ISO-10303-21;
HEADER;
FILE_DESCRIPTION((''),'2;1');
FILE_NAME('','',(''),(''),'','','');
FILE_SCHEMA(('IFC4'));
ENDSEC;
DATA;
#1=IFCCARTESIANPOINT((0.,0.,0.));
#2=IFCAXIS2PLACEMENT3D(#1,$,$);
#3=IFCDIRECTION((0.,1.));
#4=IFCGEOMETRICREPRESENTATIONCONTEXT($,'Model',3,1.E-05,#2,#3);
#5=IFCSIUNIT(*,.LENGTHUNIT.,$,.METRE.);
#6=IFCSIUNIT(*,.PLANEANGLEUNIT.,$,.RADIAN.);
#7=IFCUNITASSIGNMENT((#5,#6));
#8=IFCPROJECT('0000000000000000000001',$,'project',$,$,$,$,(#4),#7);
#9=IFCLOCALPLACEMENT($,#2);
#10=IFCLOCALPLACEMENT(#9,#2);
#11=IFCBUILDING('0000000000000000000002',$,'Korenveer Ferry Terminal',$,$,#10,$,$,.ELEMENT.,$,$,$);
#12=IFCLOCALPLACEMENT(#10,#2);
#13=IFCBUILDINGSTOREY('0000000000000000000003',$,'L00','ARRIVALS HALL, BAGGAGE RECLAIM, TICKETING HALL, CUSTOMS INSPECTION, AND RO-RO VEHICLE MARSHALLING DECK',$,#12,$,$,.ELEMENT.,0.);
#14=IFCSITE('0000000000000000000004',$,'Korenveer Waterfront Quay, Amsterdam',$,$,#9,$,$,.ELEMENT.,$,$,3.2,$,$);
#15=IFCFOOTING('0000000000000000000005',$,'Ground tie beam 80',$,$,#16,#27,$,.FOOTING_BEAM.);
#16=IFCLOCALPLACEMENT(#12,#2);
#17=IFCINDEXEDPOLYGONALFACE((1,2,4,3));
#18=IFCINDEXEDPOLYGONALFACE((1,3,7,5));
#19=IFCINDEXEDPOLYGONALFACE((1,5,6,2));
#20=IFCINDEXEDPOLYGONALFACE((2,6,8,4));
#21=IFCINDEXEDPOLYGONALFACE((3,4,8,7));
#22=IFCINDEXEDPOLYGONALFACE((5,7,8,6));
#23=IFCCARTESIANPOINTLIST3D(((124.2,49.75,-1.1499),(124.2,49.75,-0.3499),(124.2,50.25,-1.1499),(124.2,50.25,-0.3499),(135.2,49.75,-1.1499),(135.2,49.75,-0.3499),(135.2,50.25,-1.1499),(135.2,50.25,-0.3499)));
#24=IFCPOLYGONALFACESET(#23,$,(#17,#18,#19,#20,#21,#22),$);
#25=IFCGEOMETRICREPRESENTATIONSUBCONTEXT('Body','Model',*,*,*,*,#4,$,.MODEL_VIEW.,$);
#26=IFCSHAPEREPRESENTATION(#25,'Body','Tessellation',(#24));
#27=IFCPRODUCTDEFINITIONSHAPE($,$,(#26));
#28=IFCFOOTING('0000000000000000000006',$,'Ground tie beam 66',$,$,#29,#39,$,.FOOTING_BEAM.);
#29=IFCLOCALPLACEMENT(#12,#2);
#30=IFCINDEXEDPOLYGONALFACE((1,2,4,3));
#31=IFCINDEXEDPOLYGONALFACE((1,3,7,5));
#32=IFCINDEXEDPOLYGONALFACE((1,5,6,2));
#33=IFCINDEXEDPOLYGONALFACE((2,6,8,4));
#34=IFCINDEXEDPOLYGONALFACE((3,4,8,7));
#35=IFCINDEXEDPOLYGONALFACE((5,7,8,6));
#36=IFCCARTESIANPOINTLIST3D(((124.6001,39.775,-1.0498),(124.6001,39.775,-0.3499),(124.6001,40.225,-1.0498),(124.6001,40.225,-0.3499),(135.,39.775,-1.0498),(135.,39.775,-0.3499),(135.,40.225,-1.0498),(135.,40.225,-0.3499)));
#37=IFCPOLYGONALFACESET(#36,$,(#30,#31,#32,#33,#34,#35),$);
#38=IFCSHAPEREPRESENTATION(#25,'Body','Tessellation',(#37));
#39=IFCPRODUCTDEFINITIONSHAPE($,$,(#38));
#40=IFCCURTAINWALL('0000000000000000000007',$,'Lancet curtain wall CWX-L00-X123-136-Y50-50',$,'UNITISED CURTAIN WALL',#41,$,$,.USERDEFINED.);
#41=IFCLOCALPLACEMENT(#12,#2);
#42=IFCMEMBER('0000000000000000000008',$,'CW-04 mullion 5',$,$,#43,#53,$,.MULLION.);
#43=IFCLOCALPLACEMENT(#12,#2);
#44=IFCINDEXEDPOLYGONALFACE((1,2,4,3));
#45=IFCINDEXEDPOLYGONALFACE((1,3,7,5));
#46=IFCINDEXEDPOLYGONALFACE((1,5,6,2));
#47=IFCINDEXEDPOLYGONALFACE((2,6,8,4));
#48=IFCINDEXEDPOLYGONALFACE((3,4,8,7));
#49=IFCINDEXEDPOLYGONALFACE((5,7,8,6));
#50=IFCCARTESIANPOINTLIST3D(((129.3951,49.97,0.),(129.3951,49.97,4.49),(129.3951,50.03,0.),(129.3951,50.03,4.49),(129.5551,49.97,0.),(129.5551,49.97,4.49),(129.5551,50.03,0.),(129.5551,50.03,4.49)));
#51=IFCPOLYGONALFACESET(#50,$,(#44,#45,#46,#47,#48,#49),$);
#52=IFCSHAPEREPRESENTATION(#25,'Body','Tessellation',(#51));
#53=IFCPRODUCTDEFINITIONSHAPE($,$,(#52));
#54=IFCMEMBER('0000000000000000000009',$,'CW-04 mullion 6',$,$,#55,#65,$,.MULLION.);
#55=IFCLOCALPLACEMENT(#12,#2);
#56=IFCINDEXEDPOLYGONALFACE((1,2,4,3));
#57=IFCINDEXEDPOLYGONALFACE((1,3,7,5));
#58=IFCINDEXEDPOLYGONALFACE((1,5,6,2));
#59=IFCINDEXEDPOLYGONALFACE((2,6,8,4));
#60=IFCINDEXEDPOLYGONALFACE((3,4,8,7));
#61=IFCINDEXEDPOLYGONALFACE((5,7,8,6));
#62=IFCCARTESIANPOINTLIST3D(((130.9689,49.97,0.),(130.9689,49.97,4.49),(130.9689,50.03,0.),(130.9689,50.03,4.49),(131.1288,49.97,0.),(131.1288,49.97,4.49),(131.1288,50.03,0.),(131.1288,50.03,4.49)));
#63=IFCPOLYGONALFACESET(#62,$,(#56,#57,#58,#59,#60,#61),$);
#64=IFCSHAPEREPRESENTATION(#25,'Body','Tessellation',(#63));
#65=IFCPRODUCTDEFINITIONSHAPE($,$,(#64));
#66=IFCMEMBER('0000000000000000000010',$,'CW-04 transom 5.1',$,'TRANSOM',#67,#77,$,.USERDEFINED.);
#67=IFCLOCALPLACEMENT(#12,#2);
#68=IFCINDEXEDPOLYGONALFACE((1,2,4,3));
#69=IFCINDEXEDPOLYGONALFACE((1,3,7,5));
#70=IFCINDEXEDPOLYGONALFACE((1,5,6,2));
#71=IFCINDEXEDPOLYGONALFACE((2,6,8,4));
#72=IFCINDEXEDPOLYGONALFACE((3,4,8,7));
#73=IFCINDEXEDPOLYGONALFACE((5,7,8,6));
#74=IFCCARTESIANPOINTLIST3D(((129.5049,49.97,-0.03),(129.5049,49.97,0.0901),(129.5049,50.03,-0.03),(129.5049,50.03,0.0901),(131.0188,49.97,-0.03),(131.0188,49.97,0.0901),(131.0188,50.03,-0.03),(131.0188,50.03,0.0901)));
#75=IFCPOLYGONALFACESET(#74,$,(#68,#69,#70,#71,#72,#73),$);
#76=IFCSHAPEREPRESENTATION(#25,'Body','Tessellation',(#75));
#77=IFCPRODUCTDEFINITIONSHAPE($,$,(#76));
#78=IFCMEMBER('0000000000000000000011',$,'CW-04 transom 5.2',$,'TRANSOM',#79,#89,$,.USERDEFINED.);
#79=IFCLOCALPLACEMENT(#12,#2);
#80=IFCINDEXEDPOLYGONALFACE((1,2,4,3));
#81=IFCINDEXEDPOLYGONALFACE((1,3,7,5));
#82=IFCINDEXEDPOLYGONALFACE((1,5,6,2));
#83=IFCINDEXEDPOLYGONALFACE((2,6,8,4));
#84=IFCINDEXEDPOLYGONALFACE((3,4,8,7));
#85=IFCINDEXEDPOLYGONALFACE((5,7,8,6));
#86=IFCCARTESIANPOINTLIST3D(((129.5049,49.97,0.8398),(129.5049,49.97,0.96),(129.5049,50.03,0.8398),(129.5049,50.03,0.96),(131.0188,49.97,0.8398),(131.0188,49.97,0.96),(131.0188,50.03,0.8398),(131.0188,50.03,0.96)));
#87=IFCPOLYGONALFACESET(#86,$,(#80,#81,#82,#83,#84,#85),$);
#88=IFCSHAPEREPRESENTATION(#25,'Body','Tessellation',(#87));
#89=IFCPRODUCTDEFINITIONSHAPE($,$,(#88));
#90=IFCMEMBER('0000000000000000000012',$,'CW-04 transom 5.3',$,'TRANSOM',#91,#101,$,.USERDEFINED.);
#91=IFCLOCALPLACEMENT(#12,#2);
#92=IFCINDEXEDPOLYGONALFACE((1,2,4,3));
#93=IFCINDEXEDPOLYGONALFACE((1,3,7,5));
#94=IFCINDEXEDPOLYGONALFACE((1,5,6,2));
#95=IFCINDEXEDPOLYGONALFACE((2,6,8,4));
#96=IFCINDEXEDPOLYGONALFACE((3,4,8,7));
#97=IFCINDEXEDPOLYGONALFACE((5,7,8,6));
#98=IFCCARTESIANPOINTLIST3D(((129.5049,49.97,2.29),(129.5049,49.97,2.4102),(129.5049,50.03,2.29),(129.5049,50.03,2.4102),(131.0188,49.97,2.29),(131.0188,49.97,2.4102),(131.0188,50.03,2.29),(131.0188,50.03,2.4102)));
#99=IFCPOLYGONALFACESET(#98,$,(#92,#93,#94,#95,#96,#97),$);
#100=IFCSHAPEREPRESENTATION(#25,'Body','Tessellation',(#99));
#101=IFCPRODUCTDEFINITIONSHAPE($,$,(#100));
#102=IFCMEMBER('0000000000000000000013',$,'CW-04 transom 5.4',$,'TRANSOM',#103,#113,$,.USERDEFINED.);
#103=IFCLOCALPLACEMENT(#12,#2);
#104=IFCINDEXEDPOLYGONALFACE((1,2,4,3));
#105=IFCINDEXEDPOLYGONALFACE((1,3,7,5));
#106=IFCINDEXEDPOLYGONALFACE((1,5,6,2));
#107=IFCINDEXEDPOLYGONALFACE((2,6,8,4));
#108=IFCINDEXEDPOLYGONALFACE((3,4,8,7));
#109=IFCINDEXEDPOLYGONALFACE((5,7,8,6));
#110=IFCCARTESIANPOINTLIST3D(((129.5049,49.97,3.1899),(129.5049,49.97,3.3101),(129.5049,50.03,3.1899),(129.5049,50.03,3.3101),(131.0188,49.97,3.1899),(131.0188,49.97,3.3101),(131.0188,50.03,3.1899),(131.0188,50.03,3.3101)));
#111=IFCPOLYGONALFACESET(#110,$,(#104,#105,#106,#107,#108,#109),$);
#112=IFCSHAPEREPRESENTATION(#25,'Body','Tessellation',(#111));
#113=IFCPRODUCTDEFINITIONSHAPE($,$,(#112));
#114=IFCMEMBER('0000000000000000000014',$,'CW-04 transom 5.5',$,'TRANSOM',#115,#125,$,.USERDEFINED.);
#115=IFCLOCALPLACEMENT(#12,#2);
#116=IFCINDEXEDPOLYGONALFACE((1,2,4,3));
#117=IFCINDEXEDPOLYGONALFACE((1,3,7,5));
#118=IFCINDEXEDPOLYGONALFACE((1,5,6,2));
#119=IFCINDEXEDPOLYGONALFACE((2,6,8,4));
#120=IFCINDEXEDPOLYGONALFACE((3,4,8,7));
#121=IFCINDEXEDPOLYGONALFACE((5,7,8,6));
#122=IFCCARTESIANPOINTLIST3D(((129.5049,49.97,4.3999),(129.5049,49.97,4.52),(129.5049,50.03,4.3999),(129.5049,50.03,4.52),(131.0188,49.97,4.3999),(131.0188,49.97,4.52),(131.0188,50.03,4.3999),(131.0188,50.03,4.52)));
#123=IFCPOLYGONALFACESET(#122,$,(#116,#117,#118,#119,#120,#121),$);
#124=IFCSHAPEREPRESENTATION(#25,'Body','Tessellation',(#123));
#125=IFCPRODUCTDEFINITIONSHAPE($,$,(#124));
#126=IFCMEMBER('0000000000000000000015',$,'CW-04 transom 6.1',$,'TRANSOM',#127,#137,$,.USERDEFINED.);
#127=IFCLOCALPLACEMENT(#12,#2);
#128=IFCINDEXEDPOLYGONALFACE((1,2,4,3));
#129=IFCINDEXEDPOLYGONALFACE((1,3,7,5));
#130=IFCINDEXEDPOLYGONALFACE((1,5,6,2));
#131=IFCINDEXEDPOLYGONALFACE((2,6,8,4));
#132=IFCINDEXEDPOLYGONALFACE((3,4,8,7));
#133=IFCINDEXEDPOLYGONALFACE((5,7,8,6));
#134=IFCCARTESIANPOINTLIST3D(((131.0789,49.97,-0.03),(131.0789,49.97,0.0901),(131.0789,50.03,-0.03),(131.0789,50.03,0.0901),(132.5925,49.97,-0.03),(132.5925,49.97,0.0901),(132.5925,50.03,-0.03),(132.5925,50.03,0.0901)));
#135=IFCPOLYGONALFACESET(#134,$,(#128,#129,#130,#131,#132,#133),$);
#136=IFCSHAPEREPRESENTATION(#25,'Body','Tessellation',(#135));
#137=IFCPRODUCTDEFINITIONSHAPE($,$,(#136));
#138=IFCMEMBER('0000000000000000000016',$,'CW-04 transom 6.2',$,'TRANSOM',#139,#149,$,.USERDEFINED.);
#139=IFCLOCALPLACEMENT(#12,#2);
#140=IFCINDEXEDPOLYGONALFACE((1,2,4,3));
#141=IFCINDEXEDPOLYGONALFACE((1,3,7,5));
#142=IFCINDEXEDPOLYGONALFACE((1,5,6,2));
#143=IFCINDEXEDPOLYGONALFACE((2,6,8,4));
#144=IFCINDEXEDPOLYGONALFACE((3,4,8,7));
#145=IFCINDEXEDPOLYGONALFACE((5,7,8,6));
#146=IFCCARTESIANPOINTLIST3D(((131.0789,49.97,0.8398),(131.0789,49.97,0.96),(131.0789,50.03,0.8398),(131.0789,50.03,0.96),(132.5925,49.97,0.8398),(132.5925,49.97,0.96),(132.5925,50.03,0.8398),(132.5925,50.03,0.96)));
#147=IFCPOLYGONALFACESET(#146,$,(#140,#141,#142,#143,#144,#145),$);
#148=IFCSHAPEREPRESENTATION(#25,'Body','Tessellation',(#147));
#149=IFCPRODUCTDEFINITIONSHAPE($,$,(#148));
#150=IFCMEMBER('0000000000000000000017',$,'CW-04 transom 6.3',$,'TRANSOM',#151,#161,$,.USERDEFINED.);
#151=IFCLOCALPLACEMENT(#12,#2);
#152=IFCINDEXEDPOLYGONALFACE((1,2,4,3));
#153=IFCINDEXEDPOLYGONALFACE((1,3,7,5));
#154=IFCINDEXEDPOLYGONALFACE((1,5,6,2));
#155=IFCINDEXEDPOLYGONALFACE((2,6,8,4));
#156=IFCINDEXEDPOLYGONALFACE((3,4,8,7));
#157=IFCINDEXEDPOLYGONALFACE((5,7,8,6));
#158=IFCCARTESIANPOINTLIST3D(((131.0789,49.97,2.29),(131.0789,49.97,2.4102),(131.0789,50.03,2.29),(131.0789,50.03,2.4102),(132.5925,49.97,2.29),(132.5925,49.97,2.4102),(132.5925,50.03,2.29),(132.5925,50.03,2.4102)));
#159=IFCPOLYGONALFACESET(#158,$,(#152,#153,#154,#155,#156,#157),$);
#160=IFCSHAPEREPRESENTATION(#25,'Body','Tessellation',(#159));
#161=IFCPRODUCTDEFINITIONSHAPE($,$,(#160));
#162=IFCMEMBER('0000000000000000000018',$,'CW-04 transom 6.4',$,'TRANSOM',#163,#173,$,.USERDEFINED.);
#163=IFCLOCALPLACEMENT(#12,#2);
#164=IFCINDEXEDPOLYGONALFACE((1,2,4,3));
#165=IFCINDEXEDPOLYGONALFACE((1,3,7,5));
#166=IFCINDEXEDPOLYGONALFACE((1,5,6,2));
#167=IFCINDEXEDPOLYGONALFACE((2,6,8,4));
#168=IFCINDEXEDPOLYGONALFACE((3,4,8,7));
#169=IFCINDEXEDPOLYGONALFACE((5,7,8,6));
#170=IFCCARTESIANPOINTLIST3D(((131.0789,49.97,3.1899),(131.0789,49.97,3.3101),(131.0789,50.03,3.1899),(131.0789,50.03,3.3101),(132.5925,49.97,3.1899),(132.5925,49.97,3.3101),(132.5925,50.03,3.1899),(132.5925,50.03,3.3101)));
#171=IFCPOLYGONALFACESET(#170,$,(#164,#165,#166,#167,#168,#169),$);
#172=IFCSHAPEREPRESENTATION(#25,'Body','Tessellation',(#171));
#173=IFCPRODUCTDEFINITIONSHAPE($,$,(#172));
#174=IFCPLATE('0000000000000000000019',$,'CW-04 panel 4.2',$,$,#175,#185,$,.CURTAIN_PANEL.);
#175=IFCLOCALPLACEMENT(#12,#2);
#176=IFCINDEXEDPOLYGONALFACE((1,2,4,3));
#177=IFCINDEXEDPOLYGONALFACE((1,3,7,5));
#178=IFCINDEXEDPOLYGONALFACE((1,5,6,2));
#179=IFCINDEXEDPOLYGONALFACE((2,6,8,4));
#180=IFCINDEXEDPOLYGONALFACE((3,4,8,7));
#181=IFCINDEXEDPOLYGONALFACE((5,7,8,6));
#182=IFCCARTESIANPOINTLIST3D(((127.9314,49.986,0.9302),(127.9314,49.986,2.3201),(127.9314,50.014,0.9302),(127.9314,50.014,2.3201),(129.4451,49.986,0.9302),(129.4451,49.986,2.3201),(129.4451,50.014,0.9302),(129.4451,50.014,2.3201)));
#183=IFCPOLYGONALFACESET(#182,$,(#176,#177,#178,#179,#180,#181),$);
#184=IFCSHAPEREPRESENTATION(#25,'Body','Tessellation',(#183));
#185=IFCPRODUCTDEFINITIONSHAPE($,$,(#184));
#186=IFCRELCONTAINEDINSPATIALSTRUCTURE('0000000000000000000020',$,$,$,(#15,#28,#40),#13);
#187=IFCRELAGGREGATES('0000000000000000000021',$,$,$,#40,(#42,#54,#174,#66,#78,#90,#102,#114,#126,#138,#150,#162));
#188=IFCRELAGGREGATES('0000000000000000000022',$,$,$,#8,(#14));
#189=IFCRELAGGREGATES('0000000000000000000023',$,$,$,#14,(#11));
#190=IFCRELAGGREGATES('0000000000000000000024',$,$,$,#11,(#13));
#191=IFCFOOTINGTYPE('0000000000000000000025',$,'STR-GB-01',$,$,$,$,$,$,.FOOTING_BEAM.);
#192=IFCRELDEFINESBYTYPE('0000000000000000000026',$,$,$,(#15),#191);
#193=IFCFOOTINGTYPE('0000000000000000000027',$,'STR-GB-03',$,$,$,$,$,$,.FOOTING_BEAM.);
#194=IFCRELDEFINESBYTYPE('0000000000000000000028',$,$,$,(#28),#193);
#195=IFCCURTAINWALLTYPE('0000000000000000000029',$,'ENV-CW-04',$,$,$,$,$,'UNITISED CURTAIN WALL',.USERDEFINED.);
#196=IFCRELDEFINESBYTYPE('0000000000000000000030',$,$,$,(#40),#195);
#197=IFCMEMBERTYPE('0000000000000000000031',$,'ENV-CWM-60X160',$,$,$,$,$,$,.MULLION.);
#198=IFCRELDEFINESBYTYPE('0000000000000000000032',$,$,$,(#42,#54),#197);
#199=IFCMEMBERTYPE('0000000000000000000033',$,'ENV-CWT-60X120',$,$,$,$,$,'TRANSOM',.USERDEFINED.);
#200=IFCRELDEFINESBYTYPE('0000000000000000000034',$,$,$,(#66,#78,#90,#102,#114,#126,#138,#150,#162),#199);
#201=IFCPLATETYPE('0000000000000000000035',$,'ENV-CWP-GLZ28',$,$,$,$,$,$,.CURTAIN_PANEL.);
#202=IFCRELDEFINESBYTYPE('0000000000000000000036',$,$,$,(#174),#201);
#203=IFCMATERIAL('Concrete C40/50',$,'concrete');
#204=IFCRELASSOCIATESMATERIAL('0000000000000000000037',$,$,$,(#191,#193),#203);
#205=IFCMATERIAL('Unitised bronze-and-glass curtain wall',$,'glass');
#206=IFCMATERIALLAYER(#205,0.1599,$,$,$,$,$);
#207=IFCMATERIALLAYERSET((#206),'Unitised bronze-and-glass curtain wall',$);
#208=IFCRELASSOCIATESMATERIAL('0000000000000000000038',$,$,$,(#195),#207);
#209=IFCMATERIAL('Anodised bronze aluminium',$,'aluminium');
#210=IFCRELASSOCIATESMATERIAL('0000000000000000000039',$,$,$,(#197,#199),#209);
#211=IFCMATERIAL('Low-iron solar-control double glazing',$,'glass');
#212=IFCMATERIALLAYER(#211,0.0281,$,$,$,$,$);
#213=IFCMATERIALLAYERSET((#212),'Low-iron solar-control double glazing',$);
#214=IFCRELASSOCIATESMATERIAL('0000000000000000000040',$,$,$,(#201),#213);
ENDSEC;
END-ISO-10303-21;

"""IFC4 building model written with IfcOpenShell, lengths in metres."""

from ifc_helpers import new_model, si_unit, direction, frame, origin, origin_2d, place, context, subcontext, project, spatial, rectangle, extrude, material, layer, layer_set, material_profile, profile_set, type_object, element, aggregate, save


model = new_model("IFC4")

# Units and contexts
model_context = context("Model", 3, precision=1e-05, world=origin(), true_north=direction((0.0, 1.0)))
body_context = subcontext(model_context, "Body", "Model", "MODEL_VIEW")
ifc_project = project(units=[si_unit("LENGTHUNIT", "METRE"), si_unit("PLANEANGLEUNIT", "RADIAN")], contexts=[model_context])

# Site, building, storey
site_placement = place(None, origin())
site = spatial("IfcSite", under=ifc_project, at=site_placement, Name="Korenveer Waterfront Quay, Amsterdam", CompositionType="ELEMENT", RefElevation=3.2)
building_placement = place(site_placement, origin())
building = spatial("IfcBuilding", under=site, at=building_placement, Name="Korenveer Ferry Terminal", CompositionType="ELEMENT")
storey_placement = place(building_placement, origin())
storey = spatial("IfcBuildingStorey", under=building, at=storey_placement, Name="L00", Description="ARRIVALS HALL, BAGGAGE RECLAIM, TICKETING HALL, CUSTOMS INSPECTION, AND RO-RO VEHICLE MARSHALLING DECK", CompositionType="ELEMENT", Elevation=0.0)

# Footings
ifc_material_1 = material(Name="Concrete C40/50", Category="concrete")
footing_type_1 = type_object("IfcFootingType", Name="STR-GB-01", PredefinedType="FOOTING_BEAM", material=ifc_material_1)
footing_1_placement = place(storey_placement, frame((129.7, 50.0, -1.1499), z_axis=(0.0, 0.0, 1.0), x_axis=(1.0, 0.0, 0.0)))
element("IfcFooting", 1, at=footing_1_placement, inside=storey, type_object=footing_type_1, Name="Ground tie beam 80", PredefinedType="FOOTING_BEAM", context=body_context, shape_type="SweptSolid", body=[
    extrude(rectangle(XDim=11.0, YDim=0.5, at=origin_2d()), origin(), (0.0, 0.0, 1.0), 0.8),
])
footing_type_2 = type_object("IfcFootingType", Name="STR-GB-03", PredefinedType="FOOTING_BEAM", material=ifc_material_1)
footing_2_placement = place(storey_placement, frame((129.8, 40.0, -1.0498), z_axis=(0.0, 0.0, 1.0), x_axis=(1.0, 0.0, 0.0)))
element("IfcFooting", 2, at=footing_2_placement, inside=storey, type_object=footing_type_2, Name="Ground tie beam 66", PredefinedType="FOOTING_BEAM", context=body_context, shape_type="SweptSolid", body=[
    extrude(rectangle(XDim=10.3999, YDim=0.45, at=origin_2d()), origin(), (0.0, 0.0, 1.0), 0.7),
])

# Curtain wall, members, plate
ifc_material_2 = material(Name="Unitised bronze-and-glass curtain wall", Category="glass")
ifc_layer_1 = layer(ifc_material_2, 0.1599)
ifc_layer_set_1 = layer_set([ifc_layer_1], Name="Unitised bronze-and-glass curtain wall")
curtain_wall_type = type_object("IfcCurtainWallType", Name="ENV-CW-04", ElementType="UNITISED CURTAIN WALL", PredefinedType="USERDEFINED", material=ifc_layer_set_1)
curtain_wall_placement = place(storey_placement, frame((123.1799, 50.0, 0.0)))
curtain_wall = element("IfcCurtainWall", 3, at=curtain_wall_placement, inside=storey, type_object=curtain_wall_type, Name="Lancet curtain wall CWX-L00-X123-136-Y50-50", ObjectType="UNITISED CURTAIN WALL", PredefinedType="USERDEFINED")
ifc_material_3 = material(Name="Anodised bronze aluminium", Category="aluminium")
ifc_material_profile_1 = material_profile(ifc_material_3, rectangle(XDim=0.0601, YDim=0.1599, at=origin_2d()), Name="ALU 60x160")
ifc_profile_set_1 = profile_set([ifc_material_profile_1], Name="Anodised bronze aluminium")
member_type_1 = type_object("IfcMemberType", Name="ENV-CWM-60X160", PredefinedType="MULLION", material=ifc_profile_set_1)
member_1_placement = place(storey_placement, frame((129.4751, 50.0, 0.0), z_axis=(0.0, 0.0, 1.0), x_axis=(0.0, 1.0, 0.0)))
member_1 = element("IfcMember", 4, at=member_1_placement, type_object=member_type_1, Name="CW-04 mullion 5", PredefinedType="MULLION", context=body_context, shape_type="SweptSolid", body=[
    extrude(rectangle(XDim=0.0601, YDim=0.1599, at=origin_2d()), origin(), (0.0, 0.0, 1.0), 4.49),
])
member_2_placement = place(storey_placement, frame((131.0488, 50.0, 0.0), z_axis=(0.0, 0.0, 1.0), x_axis=(0.0, 1.0, 0.0)))
member_2 = element("IfcMember", 5, at=member_2_placement, type_object=member_type_1, Name="CW-04 mullion 6", PredefinedType="MULLION", context=body_context, shape_type="SweptSolid", body=[
    extrude(rectangle(XDim=0.0601, YDim=0.1599, at=origin_2d()), origin(), (0.0, 0.0, 1.0), 4.49),
])
ifc_material_profile_2 = material_profile(ifc_material_3, rectangle(XDim=0.0601, YDim=0.1201, at=origin_2d()), Name="ALU 60x120")
ifc_profile_set_2 = profile_set([ifc_material_profile_2], Name="Anodised bronze aluminium")
member_type_2 = type_object("IfcMemberType", Name="ENV-CWT-60X120", ElementType="TRANSOM", PredefinedType="USERDEFINED", material=ifc_profile_set_2)
member_3_placement = place(storey_placement, frame((129.5049, 50.0, 0.03), z_axis=(1.0, 0.0, 0.0), x_axis=(0.0, 1.0, 0.0)))
member_3 = element("IfcMember", 6, at=member_3_placement, type_object=member_type_2, Name="CW-04 transom 5.1", ObjectType="TRANSOM", PredefinedType="USERDEFINED", context=body_context, shape_type="SweptSolid", body=[
    extrude(rectangle(XDim=0.0601, YDim=0.1201, at=origin_2d()), origin(), (0.0, 0.0, 1.0), 1.5139),
])
member_4_placement = place(storey_placement, frame((129.5049, 50.0, 0.8999), z_axis=(1.0, 0.0, 0.0), x_axis=(0.0, 1.0, 0.0)))
member_4 = element("IfcMember", 7, at=member_4_placement, type_object=member_type_2, Name="CW-04 transom 5.2", ObjectType="TRANSOM", PredefinedType="USERDEFINED", context=body_context, shape_type="SweptSolid", body=[
    extrude(rectangle(XDim=0.0601, YDim=0.1201, at=origin_2d()), origin(), (0.0, 0.0, 1.0), 1.5139),
])
member_5_placement = place(storey_placement, frame((129.5049, 50.0, 2.3501), z_axis=(1.0, 0.0, 0.0), x_axis=(0.0, 1.0, 0.0)))
member_5 = element("IfcMember", 8, at=member_5_placement, type_object=member_type_2, Name="CW-04 transom 5.3", ObjectType="TRANSOM", PredefinedType="USERDEFINED", context=body_context, shape_type="SweptSolid", body=[
    extrude(rectangle(XDim=0.0601, YDim=0.1201, at=origin_2d()), origin(), (0.0, 0.0, 1.0), 1.5139),
])
member_6_placement = place(storey_placement, frame((129.5049, 50.0, 3.25), z_axis=(1.0, 0.0, 0.0), x_axis=(0.0, 1.0, 0.0)))
member_6 = element("IfcMember", 9, at=member_6_placement, type_object=member_type_2, Name="CW-04 transom 5.4", ObjectType="TRANSOM", PredefinedType="USERDEFINED", context=body_context, shape_type="SweptSolid", body=[
    extrude(rectangle(XDim=0.0601, YDim=0.1201, at=origin_2d()), origin(), (0.0, 0.0, 1.0), 1.5139),
])
member_7_placement = place(storey_placement, frame((129.5049, 50.0, 4.46), z_axis=(1.0, 0.0, 0.0), x_axis=(0.0, 1.0, 0.0)))
member_7 = element("IfcMember", 10, at=member_7_placement, type_object=member_type_2, Name="CW-04 transom 5.5", ObjectType="TRANSOM", PredefinedType="USERDEFINED", context=body_context, shape_type="SweptSolid", body=[
    extrude(rectangle(XDim=0.0601, YDim=0.1201, at=origin_2d()), origin(), (0.0, 0.0, 1.0), 1.5139),
])
member_8_placement = place(storey_placement, frame((131.0789, 50.0, 0.03), z_axis=(1.0, 0.0, 0.0), x_axis=(0.0, 1.0, 0.0)))
member_8 = element("IfcMember", 11, at=member_8_placement, type_object=member_type_2, Name="CW-04 transom 6.1", ObjectType="TRANSOM", PredefinedType="USERDEFINED", context=body_context, shape_type="SweptSolid", body=[
    extrude(rectangle(XDim=0.0601, YDim=0.1201, at=origin_2d()), origin(), (0.0, 0.0, 1.0), 1.5137),
])
member_9_placement = place(storey_placement, frame((131.0789, 50.0, 0.8999), z_axis=(1.0, 0.0, 0.0), x_axis=(0.0, 1.0, 0.0)))
member_9 = element("IfcMember", 12, at=member_9_placement, type_object=member_type_2, Name="CW-04 transom 6.2", ObjectType="TRANSOM", PredefinedType="USERDEFINED", context=body_context, shape_type="SweptSolid", body=[
    extrude(rectangle(XDim=0.0601, YDim=0.1201, at=origin_2d()), origin(), (0.0, 0.0, 1.0), 1.5137),
])
member_10_placement = place(storey_placement, frame((131.0789, 50.0, 2.3501), z_axis=(1.0, 0.0, 0.0), x_axis=(0.0, 1.0, 0.0)))
member_10 = element("IfcMember", 13, at=member_10_placement, type_object=member_type_2, Name="CW-04 transom 6.3", ObjectType="TRANSOM", PredefinedType="USERDEFINED", context=body_context, shape_type="SweptSolid", body=[
    extrude(rectangle(XDim=0.0601, YDim=0.1201, at=origin_2d()), origin(), (0.0, 0.0, 1.0), 1.5137),
])
member_11_placement = place(storey_placement, frame((131.0789, 50.0, 3.25), z_axis=(1.0, 0.0, 0.0), x_axis=(0.0, 1.0, 0.0)))
member_11 = element("IfcMember", 14, at=member_11_placement, type_object=member_type_2, Name="CW-04 transom 6.4", ObjectType="TRANSOM", PredefinedType="USERDEFINED", context=body_context, shape_type="SweptSolid", body=[
    extrude(rectangle(XDim=0.0601, YDim=0.1201, at=origin_2d()), origin(), (0.0, 0.0, 1.0), 1.5137),
])
ifc_material_4 = material(Name="Low-iron solar-control double glazing", Category="glass")
ifc_layer_2 = layer(ifc_material_4, 0.0281)
ifc_layer_set_2 = layer_set([ifc_layer_2], Name="Low-iron solar-control double glazing")
plate_type = type_object("IfcPlateType", Name="ENV-CWP-GLZ28", PredefinedType="CURTAIN_PANEL", material=ifc_layer_set_2)
plate_1_placement = place(storey_placement, frame((128.6882, 50.0, 0.9302), z_axis=(0.0, 0.0, 1.0), x_axis=(1.0, 0.0, 0.0)))
plate_1 = element("IfcPlate", 15, at=plate_1_placement, type_object=plate_type, Name="CW-04 panel 4.2", PredefinedType="CURTAIN_PANEL", context=body_context, shape_type="SweptSolid", body=[
    extrude(rectangle(XDim=1.5137, YDim=0.0281, at=origin_2d()), origin(), (0.0, 0.0, 1.0), 1.3899),
])
aggregate(curtain_wall, [member_1, member_2, plate_1, member_3, member_4, member_5, member_6, member_7, member_8, member_9, member_10, member_11])

save(model, "model.ifc")
